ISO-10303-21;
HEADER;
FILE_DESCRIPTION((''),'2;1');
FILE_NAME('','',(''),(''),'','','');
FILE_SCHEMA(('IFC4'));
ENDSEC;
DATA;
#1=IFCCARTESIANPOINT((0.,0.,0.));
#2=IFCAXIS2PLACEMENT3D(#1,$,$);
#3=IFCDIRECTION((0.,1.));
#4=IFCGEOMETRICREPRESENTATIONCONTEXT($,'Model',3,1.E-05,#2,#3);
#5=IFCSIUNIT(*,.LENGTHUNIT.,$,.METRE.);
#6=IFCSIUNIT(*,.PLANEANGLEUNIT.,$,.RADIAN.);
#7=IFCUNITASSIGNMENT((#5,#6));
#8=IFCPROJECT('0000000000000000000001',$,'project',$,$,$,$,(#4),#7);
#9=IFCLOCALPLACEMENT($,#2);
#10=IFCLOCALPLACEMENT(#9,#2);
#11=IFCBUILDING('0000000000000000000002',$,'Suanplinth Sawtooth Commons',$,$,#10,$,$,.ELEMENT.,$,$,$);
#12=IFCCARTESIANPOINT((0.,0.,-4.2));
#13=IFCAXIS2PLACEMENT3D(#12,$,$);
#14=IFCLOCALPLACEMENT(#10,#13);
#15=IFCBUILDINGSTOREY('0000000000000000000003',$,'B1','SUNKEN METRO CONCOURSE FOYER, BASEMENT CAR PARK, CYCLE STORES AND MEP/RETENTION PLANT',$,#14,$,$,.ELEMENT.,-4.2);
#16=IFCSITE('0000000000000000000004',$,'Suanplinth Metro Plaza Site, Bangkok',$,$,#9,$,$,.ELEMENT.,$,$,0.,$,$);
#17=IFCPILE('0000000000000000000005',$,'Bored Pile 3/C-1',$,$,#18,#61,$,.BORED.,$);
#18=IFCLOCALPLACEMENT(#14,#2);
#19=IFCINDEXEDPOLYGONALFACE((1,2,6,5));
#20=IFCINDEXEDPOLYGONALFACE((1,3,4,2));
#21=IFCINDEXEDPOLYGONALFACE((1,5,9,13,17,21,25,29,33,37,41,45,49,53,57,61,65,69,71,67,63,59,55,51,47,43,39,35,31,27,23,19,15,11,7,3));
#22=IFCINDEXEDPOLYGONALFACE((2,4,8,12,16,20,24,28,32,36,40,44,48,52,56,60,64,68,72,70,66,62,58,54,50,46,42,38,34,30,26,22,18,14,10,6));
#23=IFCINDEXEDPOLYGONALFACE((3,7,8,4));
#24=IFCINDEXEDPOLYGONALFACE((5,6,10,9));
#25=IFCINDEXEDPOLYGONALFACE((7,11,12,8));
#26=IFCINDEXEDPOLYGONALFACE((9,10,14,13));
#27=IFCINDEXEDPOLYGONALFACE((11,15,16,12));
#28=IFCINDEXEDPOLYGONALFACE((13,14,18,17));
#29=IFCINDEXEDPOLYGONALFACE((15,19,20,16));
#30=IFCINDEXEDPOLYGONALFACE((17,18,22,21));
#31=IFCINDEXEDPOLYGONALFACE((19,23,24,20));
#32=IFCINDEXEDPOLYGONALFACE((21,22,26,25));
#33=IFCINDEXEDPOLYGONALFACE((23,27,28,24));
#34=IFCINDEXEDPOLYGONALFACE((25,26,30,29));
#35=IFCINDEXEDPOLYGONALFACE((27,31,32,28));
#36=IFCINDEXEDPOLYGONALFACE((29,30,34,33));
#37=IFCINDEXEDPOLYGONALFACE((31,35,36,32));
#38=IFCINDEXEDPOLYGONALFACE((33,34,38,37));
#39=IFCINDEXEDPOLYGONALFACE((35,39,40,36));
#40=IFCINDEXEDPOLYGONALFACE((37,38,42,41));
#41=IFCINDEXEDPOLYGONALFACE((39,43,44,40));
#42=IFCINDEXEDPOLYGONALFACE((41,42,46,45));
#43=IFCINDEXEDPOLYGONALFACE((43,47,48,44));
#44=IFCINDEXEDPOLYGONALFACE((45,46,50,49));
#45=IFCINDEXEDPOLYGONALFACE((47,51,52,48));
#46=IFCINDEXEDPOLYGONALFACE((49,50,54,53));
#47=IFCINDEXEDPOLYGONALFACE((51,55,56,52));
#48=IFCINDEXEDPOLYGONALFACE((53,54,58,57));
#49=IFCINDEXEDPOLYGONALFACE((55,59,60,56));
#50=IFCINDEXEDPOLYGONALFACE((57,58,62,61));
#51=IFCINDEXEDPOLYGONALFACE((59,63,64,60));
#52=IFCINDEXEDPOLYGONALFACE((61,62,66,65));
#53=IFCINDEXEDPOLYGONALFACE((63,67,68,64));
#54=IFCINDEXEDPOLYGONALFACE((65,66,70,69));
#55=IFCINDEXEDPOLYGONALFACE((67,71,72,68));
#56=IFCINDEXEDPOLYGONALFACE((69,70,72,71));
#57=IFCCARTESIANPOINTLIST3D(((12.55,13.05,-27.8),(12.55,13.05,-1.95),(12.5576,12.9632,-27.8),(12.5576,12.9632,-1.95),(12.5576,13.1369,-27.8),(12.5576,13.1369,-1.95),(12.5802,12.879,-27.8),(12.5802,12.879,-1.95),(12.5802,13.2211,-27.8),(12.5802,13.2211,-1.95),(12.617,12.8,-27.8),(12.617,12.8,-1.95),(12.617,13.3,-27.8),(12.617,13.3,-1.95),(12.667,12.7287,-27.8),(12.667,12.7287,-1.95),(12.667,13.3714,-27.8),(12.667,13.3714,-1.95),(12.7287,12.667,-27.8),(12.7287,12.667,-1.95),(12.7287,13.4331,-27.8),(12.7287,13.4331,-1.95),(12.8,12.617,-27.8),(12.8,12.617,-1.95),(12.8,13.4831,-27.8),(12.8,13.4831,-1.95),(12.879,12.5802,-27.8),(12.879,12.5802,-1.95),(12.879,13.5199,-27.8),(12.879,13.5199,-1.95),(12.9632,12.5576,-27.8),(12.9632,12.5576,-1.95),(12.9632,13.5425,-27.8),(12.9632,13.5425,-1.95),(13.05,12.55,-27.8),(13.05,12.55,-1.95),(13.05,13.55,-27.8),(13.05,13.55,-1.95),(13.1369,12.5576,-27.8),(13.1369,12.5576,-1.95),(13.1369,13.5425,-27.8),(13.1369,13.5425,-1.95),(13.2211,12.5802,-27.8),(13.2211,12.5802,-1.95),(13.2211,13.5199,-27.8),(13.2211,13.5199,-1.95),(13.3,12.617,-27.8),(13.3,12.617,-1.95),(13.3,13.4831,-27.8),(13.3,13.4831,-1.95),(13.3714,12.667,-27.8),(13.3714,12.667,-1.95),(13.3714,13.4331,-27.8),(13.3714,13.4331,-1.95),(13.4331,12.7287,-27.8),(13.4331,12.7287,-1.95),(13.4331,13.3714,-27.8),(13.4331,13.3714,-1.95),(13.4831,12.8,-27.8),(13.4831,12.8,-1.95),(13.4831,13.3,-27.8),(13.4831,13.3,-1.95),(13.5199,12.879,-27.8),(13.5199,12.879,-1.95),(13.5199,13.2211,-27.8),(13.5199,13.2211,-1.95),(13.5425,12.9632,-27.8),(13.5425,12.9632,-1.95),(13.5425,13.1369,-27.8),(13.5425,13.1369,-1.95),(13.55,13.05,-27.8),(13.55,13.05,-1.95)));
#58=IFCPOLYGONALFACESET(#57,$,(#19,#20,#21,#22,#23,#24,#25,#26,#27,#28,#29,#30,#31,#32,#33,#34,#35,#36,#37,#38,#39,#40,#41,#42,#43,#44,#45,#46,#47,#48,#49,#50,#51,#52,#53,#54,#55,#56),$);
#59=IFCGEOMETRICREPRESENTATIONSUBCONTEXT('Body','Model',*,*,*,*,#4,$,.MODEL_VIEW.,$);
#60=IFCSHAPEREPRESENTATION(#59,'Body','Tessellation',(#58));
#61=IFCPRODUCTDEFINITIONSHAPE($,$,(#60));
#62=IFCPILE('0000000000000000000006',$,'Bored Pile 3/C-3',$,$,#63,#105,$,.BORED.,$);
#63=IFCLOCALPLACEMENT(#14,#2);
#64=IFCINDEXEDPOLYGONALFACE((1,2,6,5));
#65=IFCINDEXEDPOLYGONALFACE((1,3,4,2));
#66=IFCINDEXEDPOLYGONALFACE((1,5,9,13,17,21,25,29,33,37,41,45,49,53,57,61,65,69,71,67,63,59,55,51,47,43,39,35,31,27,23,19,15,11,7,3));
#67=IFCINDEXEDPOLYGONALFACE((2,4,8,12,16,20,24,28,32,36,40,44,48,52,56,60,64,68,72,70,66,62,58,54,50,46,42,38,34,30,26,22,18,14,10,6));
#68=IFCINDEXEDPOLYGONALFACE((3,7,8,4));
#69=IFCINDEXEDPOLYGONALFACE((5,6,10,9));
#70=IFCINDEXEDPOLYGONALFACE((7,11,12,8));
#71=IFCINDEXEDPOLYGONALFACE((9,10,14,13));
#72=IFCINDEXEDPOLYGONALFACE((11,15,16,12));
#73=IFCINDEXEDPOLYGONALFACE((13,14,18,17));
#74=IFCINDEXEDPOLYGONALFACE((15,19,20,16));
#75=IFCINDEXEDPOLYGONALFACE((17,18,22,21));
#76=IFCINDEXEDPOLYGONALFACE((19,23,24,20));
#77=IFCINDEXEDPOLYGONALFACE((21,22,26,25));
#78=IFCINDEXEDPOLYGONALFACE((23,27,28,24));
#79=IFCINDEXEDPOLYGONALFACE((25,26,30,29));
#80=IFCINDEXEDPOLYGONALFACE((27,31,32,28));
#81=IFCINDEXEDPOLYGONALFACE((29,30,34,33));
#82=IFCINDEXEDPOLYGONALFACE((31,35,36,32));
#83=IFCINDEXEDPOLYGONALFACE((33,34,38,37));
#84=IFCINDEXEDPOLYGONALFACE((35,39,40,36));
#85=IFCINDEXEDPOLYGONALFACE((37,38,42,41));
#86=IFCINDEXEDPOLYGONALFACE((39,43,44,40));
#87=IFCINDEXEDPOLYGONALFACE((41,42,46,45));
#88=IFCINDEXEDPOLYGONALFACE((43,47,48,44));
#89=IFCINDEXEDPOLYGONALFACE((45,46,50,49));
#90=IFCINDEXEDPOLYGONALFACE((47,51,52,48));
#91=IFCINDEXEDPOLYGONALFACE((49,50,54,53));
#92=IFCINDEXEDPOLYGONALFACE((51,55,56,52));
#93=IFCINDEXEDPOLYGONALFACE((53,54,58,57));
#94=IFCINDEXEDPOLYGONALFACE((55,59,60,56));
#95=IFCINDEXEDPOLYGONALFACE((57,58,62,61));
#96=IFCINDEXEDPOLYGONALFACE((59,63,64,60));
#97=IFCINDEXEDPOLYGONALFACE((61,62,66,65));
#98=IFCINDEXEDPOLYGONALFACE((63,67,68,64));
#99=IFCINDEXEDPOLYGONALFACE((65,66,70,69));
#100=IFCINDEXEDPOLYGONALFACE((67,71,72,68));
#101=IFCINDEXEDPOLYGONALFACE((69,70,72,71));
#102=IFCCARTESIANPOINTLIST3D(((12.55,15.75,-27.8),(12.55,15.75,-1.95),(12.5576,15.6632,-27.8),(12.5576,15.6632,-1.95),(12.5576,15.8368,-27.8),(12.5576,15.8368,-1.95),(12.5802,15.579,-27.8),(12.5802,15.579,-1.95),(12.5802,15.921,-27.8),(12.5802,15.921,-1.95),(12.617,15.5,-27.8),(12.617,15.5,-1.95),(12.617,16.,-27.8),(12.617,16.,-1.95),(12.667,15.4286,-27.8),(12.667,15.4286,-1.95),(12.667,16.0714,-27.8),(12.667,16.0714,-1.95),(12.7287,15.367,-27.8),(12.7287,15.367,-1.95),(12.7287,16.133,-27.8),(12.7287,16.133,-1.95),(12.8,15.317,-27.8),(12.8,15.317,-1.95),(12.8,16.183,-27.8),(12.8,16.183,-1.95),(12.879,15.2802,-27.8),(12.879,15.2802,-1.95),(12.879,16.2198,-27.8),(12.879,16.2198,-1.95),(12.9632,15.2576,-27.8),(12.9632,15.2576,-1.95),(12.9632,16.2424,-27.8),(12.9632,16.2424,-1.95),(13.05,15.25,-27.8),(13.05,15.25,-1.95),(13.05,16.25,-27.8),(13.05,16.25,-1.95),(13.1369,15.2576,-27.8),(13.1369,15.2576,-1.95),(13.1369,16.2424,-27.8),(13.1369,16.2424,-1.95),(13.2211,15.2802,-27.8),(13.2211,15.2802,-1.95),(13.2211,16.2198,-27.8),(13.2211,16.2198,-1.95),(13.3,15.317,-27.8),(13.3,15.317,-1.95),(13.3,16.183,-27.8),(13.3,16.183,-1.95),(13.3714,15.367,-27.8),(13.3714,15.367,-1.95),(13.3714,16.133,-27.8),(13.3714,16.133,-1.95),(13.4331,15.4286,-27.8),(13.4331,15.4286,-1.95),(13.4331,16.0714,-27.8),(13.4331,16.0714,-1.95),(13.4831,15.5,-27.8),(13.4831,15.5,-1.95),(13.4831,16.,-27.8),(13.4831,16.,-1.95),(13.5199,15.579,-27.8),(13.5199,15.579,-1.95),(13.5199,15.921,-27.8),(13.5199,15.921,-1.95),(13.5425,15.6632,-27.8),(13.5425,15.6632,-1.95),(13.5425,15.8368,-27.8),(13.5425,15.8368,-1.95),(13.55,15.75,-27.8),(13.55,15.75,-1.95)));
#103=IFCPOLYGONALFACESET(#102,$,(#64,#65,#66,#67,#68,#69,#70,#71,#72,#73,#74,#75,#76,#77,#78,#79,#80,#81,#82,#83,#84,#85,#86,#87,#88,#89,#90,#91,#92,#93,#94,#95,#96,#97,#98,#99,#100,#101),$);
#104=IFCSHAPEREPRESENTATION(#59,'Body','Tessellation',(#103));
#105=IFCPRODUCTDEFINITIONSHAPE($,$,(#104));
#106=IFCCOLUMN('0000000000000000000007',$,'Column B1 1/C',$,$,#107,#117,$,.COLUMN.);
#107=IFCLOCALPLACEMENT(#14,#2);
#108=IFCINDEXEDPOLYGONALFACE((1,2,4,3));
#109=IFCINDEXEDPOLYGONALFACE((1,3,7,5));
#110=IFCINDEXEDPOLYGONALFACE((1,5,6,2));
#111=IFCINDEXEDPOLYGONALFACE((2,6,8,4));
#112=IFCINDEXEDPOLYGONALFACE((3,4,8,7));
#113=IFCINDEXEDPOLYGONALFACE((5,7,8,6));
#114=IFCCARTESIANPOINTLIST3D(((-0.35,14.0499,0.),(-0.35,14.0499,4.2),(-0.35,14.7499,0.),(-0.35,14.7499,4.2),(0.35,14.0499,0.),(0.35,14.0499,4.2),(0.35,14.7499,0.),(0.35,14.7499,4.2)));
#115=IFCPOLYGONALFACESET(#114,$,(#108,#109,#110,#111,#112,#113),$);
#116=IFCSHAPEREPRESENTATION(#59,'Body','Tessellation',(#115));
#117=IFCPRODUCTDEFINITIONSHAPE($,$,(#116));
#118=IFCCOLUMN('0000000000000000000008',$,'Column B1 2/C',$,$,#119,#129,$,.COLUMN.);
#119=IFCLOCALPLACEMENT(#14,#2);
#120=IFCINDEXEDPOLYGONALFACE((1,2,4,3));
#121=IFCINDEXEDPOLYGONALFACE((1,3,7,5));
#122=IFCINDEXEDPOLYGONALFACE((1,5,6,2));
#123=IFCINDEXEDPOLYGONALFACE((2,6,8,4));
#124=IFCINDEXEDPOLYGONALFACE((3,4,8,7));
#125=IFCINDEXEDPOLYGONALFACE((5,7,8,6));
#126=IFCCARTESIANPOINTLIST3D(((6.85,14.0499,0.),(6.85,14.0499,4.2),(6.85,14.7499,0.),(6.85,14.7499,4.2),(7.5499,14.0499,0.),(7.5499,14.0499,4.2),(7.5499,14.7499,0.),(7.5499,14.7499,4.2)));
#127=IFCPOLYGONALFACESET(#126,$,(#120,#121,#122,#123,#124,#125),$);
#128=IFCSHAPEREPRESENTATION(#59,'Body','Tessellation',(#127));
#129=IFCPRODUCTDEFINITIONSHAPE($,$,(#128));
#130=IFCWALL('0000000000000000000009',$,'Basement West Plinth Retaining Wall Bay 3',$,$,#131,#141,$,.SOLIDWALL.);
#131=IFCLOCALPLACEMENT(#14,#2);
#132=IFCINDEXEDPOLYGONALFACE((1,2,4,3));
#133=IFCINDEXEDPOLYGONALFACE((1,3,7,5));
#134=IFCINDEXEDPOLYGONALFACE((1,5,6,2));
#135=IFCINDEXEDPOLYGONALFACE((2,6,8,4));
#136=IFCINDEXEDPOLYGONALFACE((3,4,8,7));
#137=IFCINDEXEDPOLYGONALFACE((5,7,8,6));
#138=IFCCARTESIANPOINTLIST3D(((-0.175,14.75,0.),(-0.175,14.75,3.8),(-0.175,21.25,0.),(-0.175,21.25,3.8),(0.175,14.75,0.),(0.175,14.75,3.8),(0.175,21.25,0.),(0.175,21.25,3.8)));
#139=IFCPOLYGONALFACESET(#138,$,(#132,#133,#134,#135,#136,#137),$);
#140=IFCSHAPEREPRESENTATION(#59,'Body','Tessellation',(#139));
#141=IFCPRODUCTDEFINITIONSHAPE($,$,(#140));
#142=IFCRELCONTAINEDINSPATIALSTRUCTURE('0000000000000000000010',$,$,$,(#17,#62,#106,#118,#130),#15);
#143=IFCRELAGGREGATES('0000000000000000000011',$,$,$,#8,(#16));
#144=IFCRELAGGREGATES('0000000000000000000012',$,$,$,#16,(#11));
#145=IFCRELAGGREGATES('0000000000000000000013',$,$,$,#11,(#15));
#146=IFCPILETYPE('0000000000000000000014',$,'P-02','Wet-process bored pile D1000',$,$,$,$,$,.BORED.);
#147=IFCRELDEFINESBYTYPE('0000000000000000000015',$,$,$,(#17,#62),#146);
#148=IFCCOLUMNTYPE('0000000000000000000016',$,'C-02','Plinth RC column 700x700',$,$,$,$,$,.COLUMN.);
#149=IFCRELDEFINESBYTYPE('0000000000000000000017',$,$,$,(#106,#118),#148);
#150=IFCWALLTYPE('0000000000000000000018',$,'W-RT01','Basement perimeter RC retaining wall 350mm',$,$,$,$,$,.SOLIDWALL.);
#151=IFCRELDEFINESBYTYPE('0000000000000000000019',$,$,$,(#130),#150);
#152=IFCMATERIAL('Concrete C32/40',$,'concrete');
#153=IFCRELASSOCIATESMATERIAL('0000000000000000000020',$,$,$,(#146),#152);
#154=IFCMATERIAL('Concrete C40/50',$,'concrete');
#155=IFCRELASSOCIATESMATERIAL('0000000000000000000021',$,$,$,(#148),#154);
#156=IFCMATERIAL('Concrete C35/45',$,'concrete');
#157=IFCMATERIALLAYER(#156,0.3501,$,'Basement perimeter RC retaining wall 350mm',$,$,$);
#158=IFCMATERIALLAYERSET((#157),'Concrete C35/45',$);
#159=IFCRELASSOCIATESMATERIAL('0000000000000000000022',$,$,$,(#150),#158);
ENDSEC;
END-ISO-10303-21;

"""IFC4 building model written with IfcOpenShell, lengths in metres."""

from ifc_helpers import new_model, si_unit, direction, frame, frame_2d, origin, origin_2d, place, context, subcontext, project, spatial, rectangle, circle, extrude, material, layer, layer_set, material_profile, profile_set, type_object, element, save


model = new_model("IFC4")

# Units and contexts
model_context = context("Model", 3, precision=1e-05, world=origin(), true_north=direction((0.0, 1.0)))
body_context = subcontext(model_context, "Body", "Model", "MODEL_VIEW")
ifc_project = project(units=[si_unit("LENGTHUNIT", "METRE"), si_unit("PLANEANGLEUNIT", "RADIAN")], contexts=[model_context])

# Site, building, storey
site_placement = place(None, origin())
site = spatial("IfcSite", under=ifc_project, at=site_placement, Name="Suanplinth Metro Plaza Site, Bangkok", CompositionType="ELEMENT", RefElevation=0.0)
building_placement = place(site_placement, origin())
building = spatial("IfcBuilding", under=site, at=building_placement, Name="Suanplinth Sawtooth Commons", CompositionType="ELEMENT")
storey_placement = place(building_placement, frame((0.0, 0.0, -4.2)))
storey = spatial("IfcBuildingStorey", under=building, at=storey_placement, Name="B1", Description="SUNKEN METRO CONCOURSE FOYER, BASEMENT CAR PARK, CYCLE STORES AND MEP/RETENTION PLANT", CompositionType="ELEMENT", Elevation=-4.2)

# Shared definitions
ifc_material_1 = material(Name="Concrete C35/45", Category="concrete")

# Piles
ifc_material_2 = material(Name="Concrete C32/40", Category="concrete")
ifc_material_profile_1 = material_profile(ifc_material_2, circle(Radius=0.5, at=origin_2d()), Name="PILE D1000")
ifc_profile_set_1 = profile_set([ifc_material_profile_1], Name="Concrete C32/40")
pile_type = type_object("IfcPileType", Name="P-02", Description="Wet-process bored pile D1000", PredefinedType="BORED", material=ifc_profile_set_1)
for number, where, z_axis, x_axis, name in (
    (1, (13.05, 13.05, -1.95), (0.0, 0.0, -1.0), (1.0, 0.0, 0.0), "Bored Pile 3/C-1"),
    (2, (13.05, 15.75, -1.95), (0.0, 0.0, -1.0), (1.0, 0.0, 0.0), "Bored Pile 3/C-3"),
):
    element("IfcPile", number, at=place(storey_placement, frame(where, z_axis=z_axis, x_axis=x_axis)), inside=storey, type_object=pile_type, Name=name, PredefinedType="BORED", context=body_context, shape_type="SweptSolid", body=[
        extrude(circle(Radius=0.5, at=origin_2d()), origin(), (0.0, 0.0, 1.0), 25.8501),
    ])

# Columns
ifc_material_3 = material(Name="Concrete C40/50", Category="concrete")
ifc_material_profile_2 = material_profile(ifc_material_3, rectangle(XDim=0.7, YDim=0.7, at=origin_2d()), Name="RC-COL 700x700")
ifc_profile_set_2 = profile_set([ifc_material_profile_2], Name="Concrete C40/50")
column_type = type_object("IfcColumnType", Name="C-02", Description="Plinth RC column 700x700", PredefinedType="COLUMN", material=ifc_profile_set_2)
for number, where, z_axis, x_axis, name in (
    (3, (0.0, 14.3999, 0.0), (0.0, 0.0, 1.0), (1.0, 0.0, 0.0), "Column B1 1/C"),
    (4, (7.2, 14.3999, 0.0), (0.0, 0.0, 1.0), (1.0, 0.0, 0.0), "Column B1 2/C"),
):
    element("IfcColumn", number, at=place(storey_placement, frame(where, z_axis=z_axis, x_axis=x_axis)), inside=storey, type_object=column_type, Name=name, PredefinedType="COLUMN", context=body_context, shape_type="SweptSolid", body=[
        extrude(rectangle(XDim=0.7, YDim=0.7, at=origin_2d()), origin(), (0.0, 0.0, 1.0), 4.2),
    ])

# Wall
ifc_layer = layer(ifc_material_1, 0.3501, Name="Basement perimeter RC retaining wall 350mm")
ifc_layer_set = layer_set([ifc_layer], Name="Concrete C35/45")
wall_type = type_object("IfcWallType", Name="W-RT01", Description="Basement perimeter RC retaining wall 350mm", PredefinedType="SOLIDWALL", material=ifc_layer_set)
wall_placement = place(storey_placement, frame((0.0, 14.75, 0.0), z_axis=(0.0, 0.0, 1.0), x_axis=(0.0, 1.0, 0.0)))
element("IfcWall", 5, at=wall_placement, inside=storey, type_object=wall_type, Name="Basement West Plinth Retaining Wall Bay 3", PredefinedType="SOLIDWALL", context=body_context, shape_type="SweptSolid", body=[
    extrude(rectangle(XDim=6.5, YDim=0.3501, at=frame_2d((3.25, 0.0))), origin(), (0.0, 0.0, 1.0), 3.8),
])

save(model, "model.ifc")
